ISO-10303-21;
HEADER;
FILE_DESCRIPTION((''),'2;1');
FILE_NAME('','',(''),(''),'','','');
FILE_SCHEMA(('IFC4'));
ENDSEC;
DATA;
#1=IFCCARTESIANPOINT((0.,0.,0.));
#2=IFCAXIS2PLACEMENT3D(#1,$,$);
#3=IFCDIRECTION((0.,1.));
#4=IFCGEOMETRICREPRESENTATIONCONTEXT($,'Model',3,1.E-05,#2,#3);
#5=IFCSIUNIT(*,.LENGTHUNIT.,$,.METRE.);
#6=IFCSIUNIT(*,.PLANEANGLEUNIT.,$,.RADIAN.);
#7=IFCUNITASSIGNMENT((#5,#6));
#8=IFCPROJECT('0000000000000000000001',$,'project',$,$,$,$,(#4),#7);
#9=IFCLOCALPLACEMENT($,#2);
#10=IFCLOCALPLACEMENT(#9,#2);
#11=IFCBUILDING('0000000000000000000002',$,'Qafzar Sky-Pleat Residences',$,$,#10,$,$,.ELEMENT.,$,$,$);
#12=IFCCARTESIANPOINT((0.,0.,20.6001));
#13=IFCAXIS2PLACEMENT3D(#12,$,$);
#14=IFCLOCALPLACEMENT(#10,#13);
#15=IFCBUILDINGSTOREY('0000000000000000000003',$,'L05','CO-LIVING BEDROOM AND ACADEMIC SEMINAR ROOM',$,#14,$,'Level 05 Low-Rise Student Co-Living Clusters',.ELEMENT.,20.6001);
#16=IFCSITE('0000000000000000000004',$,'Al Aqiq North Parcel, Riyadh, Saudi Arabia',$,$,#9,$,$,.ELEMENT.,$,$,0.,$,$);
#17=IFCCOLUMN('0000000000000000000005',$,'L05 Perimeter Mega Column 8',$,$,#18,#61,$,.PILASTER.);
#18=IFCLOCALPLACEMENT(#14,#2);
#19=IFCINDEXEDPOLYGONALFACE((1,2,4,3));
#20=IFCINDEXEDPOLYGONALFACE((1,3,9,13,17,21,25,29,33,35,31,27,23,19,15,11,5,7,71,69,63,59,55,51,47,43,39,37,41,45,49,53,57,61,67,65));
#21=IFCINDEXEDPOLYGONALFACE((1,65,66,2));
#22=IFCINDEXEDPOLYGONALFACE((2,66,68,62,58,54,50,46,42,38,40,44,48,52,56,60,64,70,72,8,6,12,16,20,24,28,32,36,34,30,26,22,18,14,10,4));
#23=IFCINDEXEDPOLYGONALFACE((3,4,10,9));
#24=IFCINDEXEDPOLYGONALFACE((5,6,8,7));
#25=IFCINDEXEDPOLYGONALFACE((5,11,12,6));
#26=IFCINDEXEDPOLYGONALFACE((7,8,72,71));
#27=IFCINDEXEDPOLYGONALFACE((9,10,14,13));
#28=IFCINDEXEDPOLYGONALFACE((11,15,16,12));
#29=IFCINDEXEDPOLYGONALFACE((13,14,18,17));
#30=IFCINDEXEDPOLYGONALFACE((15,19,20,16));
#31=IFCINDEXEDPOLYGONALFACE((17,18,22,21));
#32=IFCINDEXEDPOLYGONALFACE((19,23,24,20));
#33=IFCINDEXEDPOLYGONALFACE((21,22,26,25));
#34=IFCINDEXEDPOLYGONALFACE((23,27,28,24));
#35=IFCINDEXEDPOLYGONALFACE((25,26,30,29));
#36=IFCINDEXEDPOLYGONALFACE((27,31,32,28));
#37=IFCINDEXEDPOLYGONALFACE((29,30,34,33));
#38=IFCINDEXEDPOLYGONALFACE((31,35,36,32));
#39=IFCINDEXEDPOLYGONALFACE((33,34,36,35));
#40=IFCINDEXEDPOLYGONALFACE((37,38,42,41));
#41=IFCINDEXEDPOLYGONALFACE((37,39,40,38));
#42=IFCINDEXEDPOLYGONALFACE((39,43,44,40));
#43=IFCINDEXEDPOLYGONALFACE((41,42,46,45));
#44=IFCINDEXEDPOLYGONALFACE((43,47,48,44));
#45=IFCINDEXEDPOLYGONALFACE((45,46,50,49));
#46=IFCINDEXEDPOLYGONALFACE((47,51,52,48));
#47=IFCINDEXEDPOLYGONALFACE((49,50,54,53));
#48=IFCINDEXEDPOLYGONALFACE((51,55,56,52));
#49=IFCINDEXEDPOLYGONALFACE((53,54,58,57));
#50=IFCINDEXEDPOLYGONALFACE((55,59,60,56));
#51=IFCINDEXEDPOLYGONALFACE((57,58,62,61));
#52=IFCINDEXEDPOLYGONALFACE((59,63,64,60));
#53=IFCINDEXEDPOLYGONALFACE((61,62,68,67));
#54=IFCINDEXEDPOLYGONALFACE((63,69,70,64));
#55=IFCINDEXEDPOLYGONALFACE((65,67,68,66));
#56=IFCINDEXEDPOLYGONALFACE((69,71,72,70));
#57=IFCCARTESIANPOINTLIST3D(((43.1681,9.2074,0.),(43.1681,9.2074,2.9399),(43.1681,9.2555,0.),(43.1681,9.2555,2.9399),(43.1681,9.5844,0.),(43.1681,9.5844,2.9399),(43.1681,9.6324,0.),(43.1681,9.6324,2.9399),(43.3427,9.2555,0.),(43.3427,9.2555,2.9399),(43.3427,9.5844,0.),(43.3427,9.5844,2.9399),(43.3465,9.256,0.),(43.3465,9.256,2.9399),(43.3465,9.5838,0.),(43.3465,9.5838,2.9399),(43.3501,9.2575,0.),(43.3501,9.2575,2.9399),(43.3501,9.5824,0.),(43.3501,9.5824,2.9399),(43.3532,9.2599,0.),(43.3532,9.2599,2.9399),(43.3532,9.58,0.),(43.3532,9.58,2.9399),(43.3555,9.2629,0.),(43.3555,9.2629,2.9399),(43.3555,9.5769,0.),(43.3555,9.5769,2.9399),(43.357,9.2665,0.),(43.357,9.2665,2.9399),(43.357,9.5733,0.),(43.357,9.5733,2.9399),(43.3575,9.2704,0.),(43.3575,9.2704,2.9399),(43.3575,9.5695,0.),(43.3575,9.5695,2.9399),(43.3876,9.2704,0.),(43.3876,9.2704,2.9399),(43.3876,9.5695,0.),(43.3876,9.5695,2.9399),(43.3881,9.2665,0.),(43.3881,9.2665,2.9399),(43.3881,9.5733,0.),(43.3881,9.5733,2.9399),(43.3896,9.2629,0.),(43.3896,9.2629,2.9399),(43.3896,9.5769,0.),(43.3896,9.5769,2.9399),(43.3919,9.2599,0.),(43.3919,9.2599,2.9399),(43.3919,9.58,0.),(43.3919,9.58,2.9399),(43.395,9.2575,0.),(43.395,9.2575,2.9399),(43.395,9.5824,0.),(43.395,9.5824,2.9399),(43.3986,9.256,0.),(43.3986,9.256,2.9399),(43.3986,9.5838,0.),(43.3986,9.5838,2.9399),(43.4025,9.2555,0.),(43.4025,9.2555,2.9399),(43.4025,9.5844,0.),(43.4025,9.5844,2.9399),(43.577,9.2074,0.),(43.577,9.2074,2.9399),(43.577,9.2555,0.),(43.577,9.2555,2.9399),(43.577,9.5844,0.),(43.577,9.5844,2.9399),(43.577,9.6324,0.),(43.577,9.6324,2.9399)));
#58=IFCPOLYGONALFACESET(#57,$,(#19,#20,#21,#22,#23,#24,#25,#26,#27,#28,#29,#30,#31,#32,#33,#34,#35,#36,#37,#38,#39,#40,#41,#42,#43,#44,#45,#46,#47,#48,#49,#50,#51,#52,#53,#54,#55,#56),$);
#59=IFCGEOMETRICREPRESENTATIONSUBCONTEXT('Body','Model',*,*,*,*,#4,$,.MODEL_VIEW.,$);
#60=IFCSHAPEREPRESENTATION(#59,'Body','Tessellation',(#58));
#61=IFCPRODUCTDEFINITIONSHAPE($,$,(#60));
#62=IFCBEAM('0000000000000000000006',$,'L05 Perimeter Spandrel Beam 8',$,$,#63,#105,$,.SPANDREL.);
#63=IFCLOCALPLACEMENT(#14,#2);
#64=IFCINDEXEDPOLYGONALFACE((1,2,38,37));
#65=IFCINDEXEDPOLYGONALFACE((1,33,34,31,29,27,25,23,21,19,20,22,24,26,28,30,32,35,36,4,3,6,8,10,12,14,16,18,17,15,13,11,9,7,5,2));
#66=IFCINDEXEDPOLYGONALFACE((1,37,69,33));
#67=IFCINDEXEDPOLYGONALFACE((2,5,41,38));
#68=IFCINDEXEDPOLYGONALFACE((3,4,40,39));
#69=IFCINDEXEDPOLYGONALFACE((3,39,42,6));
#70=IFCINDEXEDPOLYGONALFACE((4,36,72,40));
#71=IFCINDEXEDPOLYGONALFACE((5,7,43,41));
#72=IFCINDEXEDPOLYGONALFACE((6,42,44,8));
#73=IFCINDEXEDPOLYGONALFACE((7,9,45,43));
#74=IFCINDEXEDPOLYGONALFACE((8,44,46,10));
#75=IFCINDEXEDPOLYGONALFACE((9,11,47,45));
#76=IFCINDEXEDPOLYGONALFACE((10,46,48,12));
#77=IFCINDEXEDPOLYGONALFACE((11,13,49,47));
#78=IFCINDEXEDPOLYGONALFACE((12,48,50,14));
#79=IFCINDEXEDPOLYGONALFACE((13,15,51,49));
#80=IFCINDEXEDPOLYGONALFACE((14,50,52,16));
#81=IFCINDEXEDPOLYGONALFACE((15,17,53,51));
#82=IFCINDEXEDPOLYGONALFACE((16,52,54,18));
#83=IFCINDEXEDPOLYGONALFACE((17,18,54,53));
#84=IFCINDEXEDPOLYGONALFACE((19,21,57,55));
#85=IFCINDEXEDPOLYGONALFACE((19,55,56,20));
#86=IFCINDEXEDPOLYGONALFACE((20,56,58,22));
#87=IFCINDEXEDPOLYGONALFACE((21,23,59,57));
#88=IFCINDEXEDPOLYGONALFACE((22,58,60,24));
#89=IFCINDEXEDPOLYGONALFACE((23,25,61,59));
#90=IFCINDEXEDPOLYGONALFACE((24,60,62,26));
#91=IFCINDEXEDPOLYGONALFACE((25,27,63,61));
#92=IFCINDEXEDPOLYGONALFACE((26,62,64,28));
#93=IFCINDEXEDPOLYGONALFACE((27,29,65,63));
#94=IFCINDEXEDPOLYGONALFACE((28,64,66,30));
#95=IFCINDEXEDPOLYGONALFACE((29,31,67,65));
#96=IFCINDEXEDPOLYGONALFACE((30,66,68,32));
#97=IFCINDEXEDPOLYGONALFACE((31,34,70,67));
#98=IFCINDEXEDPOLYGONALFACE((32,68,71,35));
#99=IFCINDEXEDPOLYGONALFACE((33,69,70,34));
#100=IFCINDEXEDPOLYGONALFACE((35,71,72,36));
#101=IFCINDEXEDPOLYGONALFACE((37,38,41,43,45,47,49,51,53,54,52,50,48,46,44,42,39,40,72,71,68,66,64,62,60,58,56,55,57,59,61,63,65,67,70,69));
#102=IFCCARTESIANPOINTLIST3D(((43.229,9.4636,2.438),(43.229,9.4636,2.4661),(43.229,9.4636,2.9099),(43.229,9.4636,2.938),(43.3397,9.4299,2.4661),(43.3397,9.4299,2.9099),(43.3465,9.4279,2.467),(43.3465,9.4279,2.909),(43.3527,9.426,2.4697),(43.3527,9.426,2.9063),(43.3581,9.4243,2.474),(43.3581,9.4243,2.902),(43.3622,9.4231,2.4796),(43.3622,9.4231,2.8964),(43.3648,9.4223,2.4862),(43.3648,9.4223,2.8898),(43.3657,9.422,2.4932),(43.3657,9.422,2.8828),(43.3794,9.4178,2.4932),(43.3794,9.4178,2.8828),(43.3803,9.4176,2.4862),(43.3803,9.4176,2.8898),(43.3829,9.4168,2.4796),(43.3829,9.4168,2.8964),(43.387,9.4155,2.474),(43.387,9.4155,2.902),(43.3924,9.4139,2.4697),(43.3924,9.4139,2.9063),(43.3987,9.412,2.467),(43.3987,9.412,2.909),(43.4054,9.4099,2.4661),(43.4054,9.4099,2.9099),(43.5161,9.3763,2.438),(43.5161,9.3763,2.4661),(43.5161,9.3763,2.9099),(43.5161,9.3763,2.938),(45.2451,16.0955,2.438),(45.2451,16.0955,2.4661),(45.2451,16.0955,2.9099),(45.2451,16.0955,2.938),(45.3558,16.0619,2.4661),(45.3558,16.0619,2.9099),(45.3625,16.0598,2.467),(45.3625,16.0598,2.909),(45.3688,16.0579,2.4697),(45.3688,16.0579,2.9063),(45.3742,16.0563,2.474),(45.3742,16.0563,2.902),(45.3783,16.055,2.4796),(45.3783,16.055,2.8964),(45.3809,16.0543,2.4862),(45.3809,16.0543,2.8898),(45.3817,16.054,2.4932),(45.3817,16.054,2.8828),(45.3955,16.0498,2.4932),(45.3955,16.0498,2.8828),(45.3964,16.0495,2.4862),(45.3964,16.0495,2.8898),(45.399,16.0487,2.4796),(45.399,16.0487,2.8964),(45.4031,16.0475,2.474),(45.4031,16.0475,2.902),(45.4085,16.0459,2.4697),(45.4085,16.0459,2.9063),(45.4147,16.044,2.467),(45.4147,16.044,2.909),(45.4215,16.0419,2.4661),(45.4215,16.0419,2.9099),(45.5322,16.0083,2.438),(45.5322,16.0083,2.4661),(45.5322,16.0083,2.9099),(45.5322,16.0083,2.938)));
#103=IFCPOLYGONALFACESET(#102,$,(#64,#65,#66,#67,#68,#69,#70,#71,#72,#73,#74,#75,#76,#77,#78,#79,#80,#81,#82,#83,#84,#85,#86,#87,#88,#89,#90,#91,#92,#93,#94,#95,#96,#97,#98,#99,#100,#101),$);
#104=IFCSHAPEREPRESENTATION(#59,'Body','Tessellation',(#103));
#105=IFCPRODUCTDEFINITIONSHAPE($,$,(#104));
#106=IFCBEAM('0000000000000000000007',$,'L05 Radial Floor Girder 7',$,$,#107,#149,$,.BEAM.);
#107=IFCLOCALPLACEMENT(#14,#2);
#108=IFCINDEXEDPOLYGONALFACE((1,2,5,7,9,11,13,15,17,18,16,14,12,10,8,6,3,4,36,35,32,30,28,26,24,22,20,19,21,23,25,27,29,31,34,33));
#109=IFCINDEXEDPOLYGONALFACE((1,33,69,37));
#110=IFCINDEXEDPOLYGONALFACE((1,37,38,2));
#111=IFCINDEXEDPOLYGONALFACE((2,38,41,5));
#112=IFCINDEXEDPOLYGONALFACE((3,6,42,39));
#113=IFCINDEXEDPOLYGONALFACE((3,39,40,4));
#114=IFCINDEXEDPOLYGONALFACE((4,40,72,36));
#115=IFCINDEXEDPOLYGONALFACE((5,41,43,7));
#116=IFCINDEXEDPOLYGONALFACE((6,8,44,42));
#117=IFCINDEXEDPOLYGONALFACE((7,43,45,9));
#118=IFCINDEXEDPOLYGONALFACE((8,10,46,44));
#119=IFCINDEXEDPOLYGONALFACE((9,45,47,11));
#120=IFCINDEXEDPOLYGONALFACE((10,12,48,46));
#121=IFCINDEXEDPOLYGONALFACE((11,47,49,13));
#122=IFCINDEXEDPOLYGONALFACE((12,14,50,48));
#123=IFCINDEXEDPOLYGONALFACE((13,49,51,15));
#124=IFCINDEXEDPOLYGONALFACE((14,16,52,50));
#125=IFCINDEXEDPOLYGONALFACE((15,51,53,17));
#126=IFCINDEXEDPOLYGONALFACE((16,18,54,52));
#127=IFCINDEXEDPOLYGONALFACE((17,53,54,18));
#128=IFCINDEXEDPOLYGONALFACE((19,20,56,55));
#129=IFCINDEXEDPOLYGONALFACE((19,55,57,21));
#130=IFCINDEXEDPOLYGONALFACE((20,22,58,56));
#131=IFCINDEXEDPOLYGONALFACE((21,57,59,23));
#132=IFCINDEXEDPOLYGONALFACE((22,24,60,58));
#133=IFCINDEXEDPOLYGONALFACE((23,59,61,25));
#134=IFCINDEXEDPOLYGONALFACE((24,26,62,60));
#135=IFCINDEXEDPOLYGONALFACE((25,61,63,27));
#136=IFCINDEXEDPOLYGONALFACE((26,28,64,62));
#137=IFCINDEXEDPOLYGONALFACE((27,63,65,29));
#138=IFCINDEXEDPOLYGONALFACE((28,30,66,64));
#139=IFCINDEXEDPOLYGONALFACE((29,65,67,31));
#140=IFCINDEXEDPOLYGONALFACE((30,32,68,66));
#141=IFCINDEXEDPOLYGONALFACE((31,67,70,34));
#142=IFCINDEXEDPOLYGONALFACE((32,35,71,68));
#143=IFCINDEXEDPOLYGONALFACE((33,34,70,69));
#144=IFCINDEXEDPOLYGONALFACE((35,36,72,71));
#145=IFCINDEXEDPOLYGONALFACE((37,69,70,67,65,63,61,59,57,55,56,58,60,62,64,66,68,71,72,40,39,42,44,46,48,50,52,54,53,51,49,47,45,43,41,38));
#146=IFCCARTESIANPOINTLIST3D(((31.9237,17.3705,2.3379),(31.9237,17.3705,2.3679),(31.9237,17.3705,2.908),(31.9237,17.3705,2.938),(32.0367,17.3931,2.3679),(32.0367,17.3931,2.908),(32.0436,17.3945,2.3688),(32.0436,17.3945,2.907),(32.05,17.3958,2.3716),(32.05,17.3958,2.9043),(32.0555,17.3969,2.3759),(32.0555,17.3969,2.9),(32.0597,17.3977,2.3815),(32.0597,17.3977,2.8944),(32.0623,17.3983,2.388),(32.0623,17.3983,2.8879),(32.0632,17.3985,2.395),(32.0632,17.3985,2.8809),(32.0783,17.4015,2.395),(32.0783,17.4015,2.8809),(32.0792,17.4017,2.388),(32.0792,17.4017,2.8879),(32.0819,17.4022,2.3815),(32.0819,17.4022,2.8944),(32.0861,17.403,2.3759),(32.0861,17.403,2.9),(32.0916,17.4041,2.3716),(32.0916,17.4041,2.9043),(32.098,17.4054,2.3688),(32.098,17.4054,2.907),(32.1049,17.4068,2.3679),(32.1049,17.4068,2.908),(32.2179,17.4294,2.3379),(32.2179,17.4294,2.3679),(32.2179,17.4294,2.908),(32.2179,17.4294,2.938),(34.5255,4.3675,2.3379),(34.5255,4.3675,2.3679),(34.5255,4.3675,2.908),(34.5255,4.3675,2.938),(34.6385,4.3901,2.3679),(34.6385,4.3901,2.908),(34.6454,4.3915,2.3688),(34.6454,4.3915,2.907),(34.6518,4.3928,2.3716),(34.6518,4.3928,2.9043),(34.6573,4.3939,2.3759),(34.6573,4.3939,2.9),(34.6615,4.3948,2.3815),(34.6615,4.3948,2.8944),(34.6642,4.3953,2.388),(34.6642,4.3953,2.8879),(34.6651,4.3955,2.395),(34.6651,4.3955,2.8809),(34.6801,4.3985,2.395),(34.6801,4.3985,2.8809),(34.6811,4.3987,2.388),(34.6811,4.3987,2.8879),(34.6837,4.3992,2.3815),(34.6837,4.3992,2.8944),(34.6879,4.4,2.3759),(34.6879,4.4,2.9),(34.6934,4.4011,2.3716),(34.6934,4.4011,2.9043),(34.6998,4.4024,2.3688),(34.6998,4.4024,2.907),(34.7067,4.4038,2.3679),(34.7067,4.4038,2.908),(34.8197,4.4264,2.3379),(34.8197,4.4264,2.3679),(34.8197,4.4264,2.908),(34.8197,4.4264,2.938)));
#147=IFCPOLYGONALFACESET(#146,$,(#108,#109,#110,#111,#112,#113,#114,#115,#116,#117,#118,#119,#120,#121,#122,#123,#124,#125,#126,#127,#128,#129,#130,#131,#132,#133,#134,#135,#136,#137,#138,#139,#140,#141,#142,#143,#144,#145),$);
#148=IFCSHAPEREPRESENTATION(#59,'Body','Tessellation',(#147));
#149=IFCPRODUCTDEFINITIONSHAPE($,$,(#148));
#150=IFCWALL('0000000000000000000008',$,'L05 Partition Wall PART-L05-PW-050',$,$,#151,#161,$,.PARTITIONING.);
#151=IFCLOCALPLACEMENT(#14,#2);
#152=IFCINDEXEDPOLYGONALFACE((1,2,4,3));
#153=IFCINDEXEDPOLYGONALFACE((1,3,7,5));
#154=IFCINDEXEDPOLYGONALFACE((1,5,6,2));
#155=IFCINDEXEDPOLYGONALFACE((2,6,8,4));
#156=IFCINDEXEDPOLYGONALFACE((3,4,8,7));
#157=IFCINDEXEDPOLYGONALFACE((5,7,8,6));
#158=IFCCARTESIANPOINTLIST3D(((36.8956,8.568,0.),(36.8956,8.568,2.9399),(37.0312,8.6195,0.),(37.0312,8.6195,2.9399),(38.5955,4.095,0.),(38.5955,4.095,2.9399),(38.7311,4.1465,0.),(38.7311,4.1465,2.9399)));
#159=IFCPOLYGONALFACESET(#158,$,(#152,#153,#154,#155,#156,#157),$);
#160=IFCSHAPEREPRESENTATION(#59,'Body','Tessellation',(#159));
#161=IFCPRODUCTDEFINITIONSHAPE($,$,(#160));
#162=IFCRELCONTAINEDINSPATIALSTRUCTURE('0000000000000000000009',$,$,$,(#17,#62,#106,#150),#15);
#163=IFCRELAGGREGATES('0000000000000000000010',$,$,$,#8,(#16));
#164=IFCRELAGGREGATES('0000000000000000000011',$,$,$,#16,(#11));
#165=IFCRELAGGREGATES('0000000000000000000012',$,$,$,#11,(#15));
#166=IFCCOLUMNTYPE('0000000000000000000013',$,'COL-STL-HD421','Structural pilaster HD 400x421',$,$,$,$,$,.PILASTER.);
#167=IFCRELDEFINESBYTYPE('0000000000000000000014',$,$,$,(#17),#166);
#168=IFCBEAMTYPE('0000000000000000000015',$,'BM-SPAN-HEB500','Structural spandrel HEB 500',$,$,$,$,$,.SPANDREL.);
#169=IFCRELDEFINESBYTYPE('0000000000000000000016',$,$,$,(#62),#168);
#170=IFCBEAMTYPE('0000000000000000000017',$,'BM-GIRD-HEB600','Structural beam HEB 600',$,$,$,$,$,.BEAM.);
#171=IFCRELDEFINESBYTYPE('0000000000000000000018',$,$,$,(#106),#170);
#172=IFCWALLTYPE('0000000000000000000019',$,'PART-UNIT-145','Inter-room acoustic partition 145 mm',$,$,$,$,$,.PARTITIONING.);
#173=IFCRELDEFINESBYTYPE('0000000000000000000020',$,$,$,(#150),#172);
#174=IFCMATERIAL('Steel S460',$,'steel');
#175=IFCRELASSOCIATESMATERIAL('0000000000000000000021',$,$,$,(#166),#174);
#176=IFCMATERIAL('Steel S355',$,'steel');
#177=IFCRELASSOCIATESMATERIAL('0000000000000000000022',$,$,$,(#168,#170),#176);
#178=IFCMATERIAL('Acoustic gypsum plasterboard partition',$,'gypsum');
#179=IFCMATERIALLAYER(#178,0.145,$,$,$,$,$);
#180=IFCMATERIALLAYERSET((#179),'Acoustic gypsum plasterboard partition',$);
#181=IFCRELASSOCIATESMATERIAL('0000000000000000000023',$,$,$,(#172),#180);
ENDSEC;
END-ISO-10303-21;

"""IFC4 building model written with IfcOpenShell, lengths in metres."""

from ifc_helpers import new_model, si_unit, direction, frame, frame_2d, origin, origin_2d, place, context, subcontext, project, spatial, rectangle, i_section, extrude, source, transform, mapped, material, layer, layer_set, material_profile, profile_set, type_object, element, save


model = new_model("IFC4")

# Units and contexts
model_context = context("Model", 3, precision=1e-05, world=origin(), true_north=direction((0.0, 1.0)))
body_context = subcontext(model_context, "Body", "Model", "MODEL_VIEW")
ifc_project = project(units=[si_unit("LENGTHUNIT", "METRE"), si_unit("PLANEANGLEUNIT", "RADIAN")], contexts=[model_context])

# Site, building, storey
site_placement = place(None, origin())
site = spatial("IfcSite", under=ifc_project, at=site_placement, Name="Al Aqiq North Parcel, Riyadh, Saudi Arabia", CompositionType="ELEMENT", RefElevation=0.0)
building_placement = place(site_placement, origin())
building = spatial("IfcBuilding", under=site, at=building_placement, Name="Qafzar Sky-Pleat Residences", CompositionType="ELEMENT")
storey_placement = place(building_placement, frame((0.0, 0.0, 20.6001)))
storey = spatial("IfcBuildingStorey", under=building, at=storey_placement, Name="L05", Description="CO-LIVING BEDROOM AND ACADEMIC SEMINAR ROOM", LongName="Level 05 Low-Rise Student Co-Living Clusters", CompositionType="ELEMENT", Elevation=20.6001)

# Column
ifc_material_1 = material(Name="Steel S460", Category="steel")
ifc_material_profile_1 = material_profile(ifc_material_1, i_section(OverallWidth=0.4089, OverallDepth=0.425, WebThickness=0.03, FlangeThickness=0.0481, FilletRadius=0.0149, at=origin_2d()), Name="HD 400x421")
ifc_profile_set_1 = profile_set([ifc_material_profile_1], Name="Steel S460")
column_type = type_object("IfcColumnType", Name="COL-STL-HD421", Description="Structural pilaster HD 400x421", PredefinedType="PILASTER", material=ifc_profile_set_1)
shared_shape_1 = source(origin(), body_context, "Body", "SweptSolid", [
    extrude(i_section(OverallWidth=0.4089, OverallDepth=0.425, WebThickness=0.03, FlangeThickness=0.0481, FilletRadius=0.0149, at=origin_2d()), origin(), (0.0, 0.0, 1.0), 2.9399),
])
column_placement = place(storey_placement, frame((43.3726, 9.4199, 0.0), z_axis=(0.0, 0.0, 1.0), x_axis=(1.0, 0.0, 0.0)))
element("IfcColumn", 1, at=column_placement, inside=storey, type_object=column_type, Name="L05 Perimeter Mega Column 8", PredefinedType="PILASTER", context=body_context, shape_type="MappedRepresentation", body=[
    mapped(shared_shape_1, transform((0.0, 0.0, 0.0), x_axis=(1.0, 0.0, 0.0), y_axis=(0.0, 1.0, 0.0), z_axis=(0.0, 0.0, 1.0), scale=1.0)),
])

# Beams
ifc_material_2 = material(Name="Steel S355", Category="steel")
ifc_material_profile_2 = material_profile(ifc_material_2, i_section(OverallWidth=0.3, OverallDepth=0.5, WebThickness=0.0144, FlangeThickness=0.0281, FilletRadius=0.0271, at=origin_2d()), Name="HEB 500")
ifc_profile_set_2 = profile_set([ifc_material_profile_2], Name="Steel S355")
beam_type_1 = type_object("IfcBeamType", Name="BM-SPAN-HEB500", Description="Structural spandrel HEB 500", PredefinedType="SPANDREL", material=ifc_profile_set_2)
shared_shape_2 = source(origin(), body_context, "Body", "SweptSolid", [
    extrude(i_section(OverallWidth=0.3, OverallDepth=0.5, WebThickness=0.0144, FlangeThickness=0.0281, FilletRadius=0.0271, at=origin_2d()), origin(), (0.0, 0.0, 1.0), 6.9316),
])
beam_1_placement = place(storey_placement, frame((43.3726, 9.4199, 2.688), z_axis=(0.290852, 0.956768, 0.0), x_axis=(-0.956768, 0.290852, 0.0)))
element("IfcBeam", 2, at=beam_1_placement, inside=storey, type_object=beam_type_1, Name="L05 Perimeter Spandrel Beam 8", PredefinedType="SPANDREL", context=body_context, shape_type="MappedRepresentation", body=[
    mapped(shared_shape_2, transform((0.0, 0.0, 0.0), x_axis=(1.0, 0.0, 0.0), y_axis=(0.0, 1.0, 0.0), z_axis=(0.0, 0.0, 1.0), scale=1.0)),
])
ifc_material_profile_3 = material_profile(ifc_material_2, i_section(OverallWidth=0.3, OverallDepth=0.6001, WebThickness=0.0154, FlangeThickness=0.03, FilletRadius=0.0271, at=origin_2d()), Name="HEB 600")
ifc_profile_set_3 = profile_set([ifc_material_profile_3], Name="Steel S355")
beam_type_2 = type_object("IfcBeamType", Name="BM-GIRD-HEB600", Description="Structural beam HEB 600", PredefinedType="BEAM", material=ifc_profile_set_3)
shared_shape_3 = source(origin(), body_context, "Body", "SweptSolid", [
    extrude(i_section(OverallWidth=0.3, OverallDepth=0.6001, WebThickness=0.0154, FlangeThickness=0.03, FilletRadius=0.0271, at=origin_2d()), origin(), (0.0, 0.0, 1.0), 13.2607),
])
beam_2_placement = place(storey_placement, frame((34.6726, 4.397, 2.6379), z_axis=(-0.196205, 0.980563, 0.0), x_axis=(-0.980563, -0.196205, 0.0)))
element("IfcBeam", 3, at=beam_2_placement, inside=storey, type_object=beam_type_2, Name="L05 Radial Floor Girder 7", PredefinedType="BEAM", context=body_context, shape_type="MappedRepresentation", body=[
    mapped(shared_shape_3, transform((0.0, 0.0, 0.0), x_axis=(1.0, 0.0, 0.0), y_axis=(0.0, 1.0, 0.0), z_axis=(0.0, 0.0, 1.0), scale=1.0)),
])

# Wall
ifc_material_3 = material(Name="Acoustic gypsum plasterboard partition", Category="gypsum")
ifc_layer_1 = layer(ifc_material_3, 0.145)
ifc_layer_set_1 = layer_set([ifc_layer_1], Name="Acoustic gypsum plasterboard partition")
wall_type_1 = type_object("IfcWallType", Name="PART-UNIT-145", Description="Inter-room acoustic partition 145 mm", PredefinedType="PARTITIONING", material=ifc_layer_set_1)
wall_1_placement = place(storey_placement, frame((36.9634, 8.5938, 0.0), z_axis=(0.0, 0.0, 1.0), x_axis=(0.355246, -0.934773, 0.0)))
element("IfcWall", 4, at=wall_1_placement, inside=storey, type_object=wall_type_1, Name="L05 Partition Wall PART-L05-PW-050", PredefinedType="PARTITIONING", context=body_context, shape_type="SweptSolid", body=[
    extrude(rectangle(XDim=4.7852, YDim=0.145, at=frame_2d((2.3926, 0.0))), origin(), (0.0, 0.0, 1.0), 2.9399),
])

save(model, "model.ifc")
